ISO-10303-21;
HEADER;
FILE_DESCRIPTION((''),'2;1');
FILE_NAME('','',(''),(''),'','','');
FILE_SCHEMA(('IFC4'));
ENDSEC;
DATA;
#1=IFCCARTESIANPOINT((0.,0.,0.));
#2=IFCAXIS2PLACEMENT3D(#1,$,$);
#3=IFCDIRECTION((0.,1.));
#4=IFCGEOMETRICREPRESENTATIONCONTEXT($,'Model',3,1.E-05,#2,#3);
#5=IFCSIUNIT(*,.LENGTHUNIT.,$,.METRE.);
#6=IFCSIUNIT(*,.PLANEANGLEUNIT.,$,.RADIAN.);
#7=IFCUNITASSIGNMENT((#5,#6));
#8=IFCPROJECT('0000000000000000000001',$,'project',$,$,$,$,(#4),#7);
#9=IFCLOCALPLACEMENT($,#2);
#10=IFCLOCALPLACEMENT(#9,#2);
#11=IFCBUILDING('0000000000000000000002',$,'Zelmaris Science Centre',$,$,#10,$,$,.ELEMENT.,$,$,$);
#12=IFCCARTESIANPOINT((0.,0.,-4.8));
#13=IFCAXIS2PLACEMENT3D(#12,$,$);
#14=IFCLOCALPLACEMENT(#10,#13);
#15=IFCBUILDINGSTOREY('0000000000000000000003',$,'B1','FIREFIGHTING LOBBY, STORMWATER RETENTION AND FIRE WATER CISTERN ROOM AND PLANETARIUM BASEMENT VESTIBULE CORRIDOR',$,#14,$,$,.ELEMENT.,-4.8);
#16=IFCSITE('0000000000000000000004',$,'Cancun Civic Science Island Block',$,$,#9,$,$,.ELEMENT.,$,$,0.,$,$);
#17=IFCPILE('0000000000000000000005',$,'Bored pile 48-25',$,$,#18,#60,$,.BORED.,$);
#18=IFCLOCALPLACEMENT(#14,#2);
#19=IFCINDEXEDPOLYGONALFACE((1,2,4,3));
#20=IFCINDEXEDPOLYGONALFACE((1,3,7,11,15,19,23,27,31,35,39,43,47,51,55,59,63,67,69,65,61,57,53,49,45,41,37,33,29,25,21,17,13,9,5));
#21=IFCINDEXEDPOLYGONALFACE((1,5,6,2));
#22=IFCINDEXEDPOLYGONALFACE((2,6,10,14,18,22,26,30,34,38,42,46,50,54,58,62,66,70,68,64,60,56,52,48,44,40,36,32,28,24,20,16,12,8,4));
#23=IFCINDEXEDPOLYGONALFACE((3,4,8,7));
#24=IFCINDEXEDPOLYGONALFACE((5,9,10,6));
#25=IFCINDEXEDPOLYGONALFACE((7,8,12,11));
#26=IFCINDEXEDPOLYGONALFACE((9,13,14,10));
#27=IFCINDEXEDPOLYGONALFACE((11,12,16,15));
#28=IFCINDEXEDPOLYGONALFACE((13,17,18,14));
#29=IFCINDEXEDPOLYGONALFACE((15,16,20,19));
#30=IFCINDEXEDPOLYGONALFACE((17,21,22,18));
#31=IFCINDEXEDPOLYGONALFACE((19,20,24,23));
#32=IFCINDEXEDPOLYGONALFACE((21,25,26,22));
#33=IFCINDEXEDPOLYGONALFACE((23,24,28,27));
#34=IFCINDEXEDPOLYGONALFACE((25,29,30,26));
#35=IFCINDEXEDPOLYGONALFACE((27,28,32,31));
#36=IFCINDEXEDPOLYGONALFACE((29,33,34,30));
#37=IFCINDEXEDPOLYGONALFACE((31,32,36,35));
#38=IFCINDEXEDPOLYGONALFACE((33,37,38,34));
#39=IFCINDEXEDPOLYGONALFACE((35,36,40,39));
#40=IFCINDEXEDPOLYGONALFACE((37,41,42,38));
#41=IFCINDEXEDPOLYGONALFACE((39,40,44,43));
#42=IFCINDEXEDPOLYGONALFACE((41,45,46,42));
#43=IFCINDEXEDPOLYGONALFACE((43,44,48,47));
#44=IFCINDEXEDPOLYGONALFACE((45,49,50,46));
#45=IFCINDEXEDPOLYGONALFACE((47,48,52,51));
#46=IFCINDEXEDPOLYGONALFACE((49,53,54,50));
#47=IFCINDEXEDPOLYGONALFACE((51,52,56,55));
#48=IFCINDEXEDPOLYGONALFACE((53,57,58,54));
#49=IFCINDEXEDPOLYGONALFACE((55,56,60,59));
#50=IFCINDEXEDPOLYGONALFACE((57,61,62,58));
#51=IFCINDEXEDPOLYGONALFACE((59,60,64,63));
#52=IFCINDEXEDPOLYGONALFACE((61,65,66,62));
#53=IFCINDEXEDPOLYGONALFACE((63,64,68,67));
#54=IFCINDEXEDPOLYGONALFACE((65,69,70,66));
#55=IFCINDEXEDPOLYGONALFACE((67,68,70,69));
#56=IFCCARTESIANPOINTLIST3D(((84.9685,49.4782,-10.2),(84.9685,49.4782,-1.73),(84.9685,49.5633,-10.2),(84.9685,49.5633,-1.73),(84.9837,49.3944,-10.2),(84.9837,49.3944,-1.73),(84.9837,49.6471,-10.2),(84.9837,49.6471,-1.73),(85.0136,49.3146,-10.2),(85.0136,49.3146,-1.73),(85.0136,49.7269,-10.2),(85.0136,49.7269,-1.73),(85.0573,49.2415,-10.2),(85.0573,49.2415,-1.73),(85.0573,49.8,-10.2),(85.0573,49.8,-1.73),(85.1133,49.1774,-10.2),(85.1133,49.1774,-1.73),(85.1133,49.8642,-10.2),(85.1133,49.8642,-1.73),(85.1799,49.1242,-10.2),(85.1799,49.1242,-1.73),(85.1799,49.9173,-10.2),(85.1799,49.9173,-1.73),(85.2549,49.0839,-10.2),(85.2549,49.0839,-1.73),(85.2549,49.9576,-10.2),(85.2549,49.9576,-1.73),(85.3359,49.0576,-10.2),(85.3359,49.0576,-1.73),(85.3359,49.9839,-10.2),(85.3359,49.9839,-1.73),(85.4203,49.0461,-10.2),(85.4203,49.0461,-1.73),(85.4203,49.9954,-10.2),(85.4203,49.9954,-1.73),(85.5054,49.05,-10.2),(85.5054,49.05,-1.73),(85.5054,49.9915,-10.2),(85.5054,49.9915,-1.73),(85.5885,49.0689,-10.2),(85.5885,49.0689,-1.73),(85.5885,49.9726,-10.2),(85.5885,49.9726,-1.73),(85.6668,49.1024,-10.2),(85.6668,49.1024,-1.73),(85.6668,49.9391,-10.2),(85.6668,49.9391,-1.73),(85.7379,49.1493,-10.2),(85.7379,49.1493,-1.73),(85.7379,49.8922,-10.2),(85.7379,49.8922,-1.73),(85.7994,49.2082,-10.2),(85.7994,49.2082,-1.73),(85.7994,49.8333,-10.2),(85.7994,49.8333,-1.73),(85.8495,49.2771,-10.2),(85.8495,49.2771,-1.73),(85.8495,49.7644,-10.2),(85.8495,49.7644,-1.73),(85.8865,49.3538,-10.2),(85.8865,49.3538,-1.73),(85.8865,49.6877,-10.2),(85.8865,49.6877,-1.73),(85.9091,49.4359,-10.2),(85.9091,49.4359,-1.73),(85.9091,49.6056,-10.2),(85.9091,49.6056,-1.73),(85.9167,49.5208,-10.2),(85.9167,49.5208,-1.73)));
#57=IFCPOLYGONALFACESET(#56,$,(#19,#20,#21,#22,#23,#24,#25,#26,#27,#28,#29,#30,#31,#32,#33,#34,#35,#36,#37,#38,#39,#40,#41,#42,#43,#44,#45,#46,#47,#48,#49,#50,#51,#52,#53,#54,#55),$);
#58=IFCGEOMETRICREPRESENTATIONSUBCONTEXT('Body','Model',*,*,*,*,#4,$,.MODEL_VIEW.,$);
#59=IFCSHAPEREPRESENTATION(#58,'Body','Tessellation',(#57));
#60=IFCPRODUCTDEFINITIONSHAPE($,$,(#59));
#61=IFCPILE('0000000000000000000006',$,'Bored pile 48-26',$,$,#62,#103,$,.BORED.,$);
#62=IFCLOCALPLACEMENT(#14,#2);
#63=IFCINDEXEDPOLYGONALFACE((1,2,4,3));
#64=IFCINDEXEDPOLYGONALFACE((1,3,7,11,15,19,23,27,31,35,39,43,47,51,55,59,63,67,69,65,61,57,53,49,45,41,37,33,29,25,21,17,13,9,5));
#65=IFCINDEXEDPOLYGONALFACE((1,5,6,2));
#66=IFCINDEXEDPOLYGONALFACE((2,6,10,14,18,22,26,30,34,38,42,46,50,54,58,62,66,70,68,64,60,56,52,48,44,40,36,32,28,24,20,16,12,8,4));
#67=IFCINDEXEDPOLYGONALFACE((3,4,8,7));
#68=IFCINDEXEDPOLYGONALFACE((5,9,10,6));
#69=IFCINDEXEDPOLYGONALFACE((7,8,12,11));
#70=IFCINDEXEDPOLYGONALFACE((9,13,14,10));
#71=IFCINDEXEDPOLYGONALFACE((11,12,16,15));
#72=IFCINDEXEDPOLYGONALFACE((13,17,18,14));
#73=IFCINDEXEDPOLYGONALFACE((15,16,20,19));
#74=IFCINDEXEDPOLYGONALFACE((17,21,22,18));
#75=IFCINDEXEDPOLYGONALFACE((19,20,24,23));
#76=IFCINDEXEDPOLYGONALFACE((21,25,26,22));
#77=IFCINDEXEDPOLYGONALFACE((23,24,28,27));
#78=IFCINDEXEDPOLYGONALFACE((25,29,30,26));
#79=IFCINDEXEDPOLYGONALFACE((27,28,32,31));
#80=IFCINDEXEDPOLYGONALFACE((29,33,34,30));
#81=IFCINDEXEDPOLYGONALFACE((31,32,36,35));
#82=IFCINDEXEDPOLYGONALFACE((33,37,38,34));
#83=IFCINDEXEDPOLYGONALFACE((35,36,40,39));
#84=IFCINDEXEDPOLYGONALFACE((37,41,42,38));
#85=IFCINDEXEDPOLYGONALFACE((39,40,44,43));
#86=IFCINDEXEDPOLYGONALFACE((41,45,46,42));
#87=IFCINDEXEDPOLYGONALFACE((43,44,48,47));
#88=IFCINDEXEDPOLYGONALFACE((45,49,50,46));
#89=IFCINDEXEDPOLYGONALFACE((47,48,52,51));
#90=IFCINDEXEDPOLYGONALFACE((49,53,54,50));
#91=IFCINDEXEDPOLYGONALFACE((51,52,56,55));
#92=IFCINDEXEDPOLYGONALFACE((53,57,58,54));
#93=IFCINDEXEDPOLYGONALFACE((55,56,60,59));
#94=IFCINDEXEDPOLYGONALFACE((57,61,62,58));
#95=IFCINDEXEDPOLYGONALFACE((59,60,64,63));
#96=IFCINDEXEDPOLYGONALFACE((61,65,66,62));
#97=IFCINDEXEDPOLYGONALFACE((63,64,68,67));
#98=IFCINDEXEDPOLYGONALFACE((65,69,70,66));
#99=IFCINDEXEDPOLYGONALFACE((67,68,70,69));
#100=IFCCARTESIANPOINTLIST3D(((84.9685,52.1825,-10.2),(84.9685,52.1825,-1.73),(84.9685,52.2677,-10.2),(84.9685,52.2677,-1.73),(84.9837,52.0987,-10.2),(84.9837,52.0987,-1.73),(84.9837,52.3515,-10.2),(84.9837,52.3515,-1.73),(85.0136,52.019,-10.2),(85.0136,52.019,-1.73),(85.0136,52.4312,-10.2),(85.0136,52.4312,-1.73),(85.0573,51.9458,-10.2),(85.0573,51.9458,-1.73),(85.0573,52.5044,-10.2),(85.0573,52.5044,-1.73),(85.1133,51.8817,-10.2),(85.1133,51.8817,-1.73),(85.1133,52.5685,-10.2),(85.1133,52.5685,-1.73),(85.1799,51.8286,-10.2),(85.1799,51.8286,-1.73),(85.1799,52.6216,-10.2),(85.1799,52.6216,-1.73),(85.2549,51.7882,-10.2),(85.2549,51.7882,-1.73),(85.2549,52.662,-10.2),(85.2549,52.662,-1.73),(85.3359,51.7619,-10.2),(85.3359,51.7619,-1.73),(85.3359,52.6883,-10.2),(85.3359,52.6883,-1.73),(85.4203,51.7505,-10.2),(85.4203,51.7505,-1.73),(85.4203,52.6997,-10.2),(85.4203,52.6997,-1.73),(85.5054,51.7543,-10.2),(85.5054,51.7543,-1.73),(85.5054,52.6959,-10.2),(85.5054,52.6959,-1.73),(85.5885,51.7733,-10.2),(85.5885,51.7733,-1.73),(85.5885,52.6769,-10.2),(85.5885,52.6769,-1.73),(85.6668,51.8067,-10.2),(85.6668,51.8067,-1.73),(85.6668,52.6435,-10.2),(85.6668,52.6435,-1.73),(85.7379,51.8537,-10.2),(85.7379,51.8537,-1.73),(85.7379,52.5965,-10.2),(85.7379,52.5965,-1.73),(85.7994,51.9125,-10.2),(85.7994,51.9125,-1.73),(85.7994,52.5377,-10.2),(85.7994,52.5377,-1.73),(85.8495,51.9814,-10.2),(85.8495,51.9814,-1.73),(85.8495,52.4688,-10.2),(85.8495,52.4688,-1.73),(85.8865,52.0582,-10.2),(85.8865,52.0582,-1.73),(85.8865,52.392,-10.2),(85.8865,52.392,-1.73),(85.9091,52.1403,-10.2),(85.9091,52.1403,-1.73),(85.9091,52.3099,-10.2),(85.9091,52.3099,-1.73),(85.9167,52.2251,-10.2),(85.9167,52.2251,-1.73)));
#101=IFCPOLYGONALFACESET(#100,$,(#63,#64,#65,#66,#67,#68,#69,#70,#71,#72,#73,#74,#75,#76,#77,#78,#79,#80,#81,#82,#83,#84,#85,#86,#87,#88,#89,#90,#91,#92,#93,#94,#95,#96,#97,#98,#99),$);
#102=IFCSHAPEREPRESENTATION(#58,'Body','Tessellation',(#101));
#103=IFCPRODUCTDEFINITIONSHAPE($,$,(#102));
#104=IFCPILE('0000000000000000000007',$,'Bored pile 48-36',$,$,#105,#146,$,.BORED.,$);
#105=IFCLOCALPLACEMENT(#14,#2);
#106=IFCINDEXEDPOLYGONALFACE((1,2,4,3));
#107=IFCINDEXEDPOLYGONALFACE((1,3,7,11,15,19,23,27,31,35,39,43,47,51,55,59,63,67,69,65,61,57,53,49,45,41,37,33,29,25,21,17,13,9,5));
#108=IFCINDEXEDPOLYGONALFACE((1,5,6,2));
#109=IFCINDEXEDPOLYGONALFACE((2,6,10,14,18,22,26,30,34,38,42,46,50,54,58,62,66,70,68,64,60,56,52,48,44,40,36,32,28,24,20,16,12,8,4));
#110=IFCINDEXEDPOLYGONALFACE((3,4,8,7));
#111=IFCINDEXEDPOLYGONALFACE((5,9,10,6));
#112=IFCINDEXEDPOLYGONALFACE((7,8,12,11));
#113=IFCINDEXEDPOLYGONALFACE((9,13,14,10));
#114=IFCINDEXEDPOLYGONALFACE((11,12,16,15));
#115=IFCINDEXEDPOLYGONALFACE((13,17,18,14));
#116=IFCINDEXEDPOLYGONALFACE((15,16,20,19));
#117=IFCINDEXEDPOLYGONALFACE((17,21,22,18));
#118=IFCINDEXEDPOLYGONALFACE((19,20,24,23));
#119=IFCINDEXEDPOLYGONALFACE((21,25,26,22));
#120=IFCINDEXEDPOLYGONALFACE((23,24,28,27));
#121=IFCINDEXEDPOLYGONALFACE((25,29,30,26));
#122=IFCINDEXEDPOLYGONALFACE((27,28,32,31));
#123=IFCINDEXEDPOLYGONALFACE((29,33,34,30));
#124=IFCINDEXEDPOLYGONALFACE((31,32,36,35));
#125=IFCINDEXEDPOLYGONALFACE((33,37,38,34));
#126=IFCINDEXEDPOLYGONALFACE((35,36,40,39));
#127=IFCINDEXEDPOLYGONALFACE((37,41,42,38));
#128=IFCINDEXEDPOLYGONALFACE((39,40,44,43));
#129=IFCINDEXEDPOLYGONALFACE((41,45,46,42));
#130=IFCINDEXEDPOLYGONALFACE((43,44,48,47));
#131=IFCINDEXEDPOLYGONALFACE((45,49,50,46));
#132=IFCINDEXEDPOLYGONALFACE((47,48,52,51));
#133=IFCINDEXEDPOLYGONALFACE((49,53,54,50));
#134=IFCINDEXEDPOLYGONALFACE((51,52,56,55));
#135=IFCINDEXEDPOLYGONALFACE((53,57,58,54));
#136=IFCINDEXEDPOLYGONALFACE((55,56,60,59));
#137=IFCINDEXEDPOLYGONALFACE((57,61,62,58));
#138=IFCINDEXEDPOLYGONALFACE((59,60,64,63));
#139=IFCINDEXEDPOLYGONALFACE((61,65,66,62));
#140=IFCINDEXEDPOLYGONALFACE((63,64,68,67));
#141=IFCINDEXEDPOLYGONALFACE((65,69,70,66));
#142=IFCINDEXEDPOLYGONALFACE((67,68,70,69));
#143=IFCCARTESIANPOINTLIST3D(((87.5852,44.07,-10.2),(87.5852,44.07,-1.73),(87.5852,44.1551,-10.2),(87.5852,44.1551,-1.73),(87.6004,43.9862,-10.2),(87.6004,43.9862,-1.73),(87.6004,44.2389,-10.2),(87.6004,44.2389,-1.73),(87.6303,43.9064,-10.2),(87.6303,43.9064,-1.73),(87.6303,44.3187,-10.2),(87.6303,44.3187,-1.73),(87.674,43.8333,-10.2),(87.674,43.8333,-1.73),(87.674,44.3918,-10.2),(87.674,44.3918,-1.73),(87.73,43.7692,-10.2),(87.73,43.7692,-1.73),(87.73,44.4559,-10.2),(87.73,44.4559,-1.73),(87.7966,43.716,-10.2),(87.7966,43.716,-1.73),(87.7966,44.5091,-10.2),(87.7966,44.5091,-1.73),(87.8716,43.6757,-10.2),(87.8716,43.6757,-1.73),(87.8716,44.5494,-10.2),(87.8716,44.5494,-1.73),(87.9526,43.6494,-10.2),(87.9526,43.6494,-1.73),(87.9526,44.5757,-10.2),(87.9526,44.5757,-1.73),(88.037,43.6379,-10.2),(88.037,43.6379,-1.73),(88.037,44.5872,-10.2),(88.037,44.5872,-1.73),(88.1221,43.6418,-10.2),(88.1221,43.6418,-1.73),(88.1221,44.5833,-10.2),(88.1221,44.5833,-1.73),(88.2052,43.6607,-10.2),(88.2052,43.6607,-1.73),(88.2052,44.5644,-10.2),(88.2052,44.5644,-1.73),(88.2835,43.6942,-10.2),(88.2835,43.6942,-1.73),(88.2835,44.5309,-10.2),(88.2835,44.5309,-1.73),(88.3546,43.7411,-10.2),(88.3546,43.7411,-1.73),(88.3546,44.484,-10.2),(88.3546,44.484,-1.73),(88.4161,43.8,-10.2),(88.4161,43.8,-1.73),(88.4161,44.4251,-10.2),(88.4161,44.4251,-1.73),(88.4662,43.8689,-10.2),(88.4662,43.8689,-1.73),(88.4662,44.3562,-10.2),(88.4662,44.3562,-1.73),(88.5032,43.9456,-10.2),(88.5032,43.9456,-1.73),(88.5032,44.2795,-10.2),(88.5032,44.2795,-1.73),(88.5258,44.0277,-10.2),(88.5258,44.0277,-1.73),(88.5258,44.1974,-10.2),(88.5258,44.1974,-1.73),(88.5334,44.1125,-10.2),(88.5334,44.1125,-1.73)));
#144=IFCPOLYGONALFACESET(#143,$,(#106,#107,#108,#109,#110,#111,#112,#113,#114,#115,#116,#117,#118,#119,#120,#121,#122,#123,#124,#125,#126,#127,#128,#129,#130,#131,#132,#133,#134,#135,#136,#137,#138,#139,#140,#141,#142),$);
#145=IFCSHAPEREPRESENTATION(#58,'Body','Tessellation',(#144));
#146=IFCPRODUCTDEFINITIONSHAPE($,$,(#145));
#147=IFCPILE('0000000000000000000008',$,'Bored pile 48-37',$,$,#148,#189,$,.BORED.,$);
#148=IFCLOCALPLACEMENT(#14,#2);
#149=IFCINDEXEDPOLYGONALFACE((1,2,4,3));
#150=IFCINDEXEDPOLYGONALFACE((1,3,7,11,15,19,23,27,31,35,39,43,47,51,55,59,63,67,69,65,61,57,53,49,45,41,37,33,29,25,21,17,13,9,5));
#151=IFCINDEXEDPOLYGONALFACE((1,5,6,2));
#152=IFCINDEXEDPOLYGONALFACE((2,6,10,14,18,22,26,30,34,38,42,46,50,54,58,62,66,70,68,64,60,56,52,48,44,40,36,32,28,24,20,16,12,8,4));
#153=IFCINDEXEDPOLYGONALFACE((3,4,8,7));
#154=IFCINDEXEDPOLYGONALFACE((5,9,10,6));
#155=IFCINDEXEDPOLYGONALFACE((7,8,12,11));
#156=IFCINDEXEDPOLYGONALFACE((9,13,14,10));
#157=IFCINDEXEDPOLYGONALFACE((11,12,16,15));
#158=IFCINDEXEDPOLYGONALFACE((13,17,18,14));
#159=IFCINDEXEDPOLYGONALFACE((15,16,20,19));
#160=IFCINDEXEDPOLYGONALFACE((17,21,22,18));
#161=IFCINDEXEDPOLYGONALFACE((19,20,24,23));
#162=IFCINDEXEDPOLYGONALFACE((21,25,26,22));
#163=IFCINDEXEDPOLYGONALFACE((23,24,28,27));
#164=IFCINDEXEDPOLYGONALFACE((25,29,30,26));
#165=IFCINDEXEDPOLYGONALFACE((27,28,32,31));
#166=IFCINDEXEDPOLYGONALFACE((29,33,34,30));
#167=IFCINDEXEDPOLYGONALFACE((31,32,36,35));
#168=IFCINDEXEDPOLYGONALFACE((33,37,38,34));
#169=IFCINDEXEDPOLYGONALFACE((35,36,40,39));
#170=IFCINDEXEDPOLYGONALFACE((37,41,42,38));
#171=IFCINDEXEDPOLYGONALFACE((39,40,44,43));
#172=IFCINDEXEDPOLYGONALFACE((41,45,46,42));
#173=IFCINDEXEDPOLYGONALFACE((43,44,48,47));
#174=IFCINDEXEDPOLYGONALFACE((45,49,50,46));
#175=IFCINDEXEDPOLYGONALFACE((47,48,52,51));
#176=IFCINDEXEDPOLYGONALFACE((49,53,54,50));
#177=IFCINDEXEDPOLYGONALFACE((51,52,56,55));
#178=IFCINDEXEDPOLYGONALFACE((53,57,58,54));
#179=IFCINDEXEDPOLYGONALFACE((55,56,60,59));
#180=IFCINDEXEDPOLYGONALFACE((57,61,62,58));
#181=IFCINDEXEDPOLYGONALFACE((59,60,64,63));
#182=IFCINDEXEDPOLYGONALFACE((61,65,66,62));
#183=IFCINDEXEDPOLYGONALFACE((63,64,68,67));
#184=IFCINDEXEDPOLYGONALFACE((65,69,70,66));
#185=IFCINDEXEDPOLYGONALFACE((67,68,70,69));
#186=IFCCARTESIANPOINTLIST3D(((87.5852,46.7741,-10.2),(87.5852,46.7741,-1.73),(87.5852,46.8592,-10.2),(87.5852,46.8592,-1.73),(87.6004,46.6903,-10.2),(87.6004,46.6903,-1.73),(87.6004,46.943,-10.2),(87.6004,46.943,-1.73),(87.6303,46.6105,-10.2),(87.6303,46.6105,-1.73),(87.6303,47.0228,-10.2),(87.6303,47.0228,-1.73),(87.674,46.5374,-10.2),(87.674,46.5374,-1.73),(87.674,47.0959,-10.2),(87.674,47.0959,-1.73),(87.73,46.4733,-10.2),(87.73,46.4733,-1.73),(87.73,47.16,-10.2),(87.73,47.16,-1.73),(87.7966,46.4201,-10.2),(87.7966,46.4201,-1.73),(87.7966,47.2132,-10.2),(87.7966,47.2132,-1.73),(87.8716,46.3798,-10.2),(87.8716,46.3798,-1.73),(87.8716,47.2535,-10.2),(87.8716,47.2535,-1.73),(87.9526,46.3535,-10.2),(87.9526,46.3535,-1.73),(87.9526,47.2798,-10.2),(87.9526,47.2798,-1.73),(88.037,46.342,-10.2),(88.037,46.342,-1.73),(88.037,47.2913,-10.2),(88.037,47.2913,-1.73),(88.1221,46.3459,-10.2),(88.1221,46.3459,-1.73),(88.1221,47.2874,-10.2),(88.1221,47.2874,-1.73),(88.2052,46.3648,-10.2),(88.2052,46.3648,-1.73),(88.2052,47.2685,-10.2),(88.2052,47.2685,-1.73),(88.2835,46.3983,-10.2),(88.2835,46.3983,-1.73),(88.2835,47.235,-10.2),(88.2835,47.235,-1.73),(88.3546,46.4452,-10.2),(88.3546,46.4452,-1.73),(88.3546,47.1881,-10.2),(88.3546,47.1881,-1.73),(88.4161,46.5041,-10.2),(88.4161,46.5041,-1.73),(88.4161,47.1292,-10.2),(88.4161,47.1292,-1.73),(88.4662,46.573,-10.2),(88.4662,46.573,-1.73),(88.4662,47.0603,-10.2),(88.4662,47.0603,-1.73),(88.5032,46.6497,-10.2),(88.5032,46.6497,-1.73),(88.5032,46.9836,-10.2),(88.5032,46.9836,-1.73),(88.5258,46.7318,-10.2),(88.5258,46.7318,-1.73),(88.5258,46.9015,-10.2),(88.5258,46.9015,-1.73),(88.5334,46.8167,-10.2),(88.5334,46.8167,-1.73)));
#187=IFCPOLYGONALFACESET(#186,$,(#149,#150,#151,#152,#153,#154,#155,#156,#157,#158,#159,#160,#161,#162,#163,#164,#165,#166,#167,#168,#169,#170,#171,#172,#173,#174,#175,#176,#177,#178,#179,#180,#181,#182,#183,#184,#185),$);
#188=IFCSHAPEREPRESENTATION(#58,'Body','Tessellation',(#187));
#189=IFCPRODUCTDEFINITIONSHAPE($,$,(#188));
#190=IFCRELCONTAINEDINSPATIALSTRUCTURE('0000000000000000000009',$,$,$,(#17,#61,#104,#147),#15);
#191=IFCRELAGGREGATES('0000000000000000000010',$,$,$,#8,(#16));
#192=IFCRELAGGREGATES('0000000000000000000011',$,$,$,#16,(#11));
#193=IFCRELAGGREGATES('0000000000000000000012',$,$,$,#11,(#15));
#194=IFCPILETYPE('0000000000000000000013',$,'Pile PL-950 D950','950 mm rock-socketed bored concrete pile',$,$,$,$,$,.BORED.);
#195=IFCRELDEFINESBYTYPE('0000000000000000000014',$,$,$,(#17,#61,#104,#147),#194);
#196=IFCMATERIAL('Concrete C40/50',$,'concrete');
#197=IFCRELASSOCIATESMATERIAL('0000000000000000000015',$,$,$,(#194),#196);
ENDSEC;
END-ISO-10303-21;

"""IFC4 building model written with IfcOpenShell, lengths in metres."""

from ifc_helpers import new_model, si_unit, direction, frame, origin, origin_2d, place, context, subcontext, project, spatial, circle, extrude, material, material_profile, profile_set, type_object, element, save


model = new_model("IFC4")

# Units and contexts
model_context = context("Model", 3, precision=1e-05, world=origin(), true_north=direction((0.0, 1.0)))
body_context = subcontext(model_context, "Body", "Model", "MODEL_VIEW")
ifc_project = project(units=[si_unit("LENGTHUNIT", "METRE"), si_unit("PLANEANGLEUNIT", "RADIAN")], contexts=[model_context])

# Site, building, storey
site_placement = place(None, origin())
site = spatial("IfcSite", under=ifc_project, at=site_placement, Name="Cancun Civic Science Island Block", CompositionType="ELEMENT", RefElevation=0.0)
building_placement = place(site_placement, origin())
building = spatial("IfcBuilding", under=site, at=building_placement, Name="Zelmaris Science Centre", CompositionType="ELEMENT")
storey_placement = place(building_placement, frame((0.0, 0.0, -4.8)))
storey = spatial("IfcBuildingStorey", under=building, at=storey_placement, Name="B1", Description="FIREFIGHTING LOBBY, STORMWATER RETENTION AND FIRE WATER CISTERN ROOM AND PLANETARIUM BASEMENT VESTIBULE CORRIDOR", CompositionType="ELEMENT", Elevation=-4.8)

# Shared definitions
ifc_material_1 = material(Name="Concrete C40/50", Category="concrete")

# Piles
ifc_material_profile_1 = material_profile(ifc_material_1, circle(Radius=0.4751, at=origin_2d()), Name="PILE-950")
ifc_profile_set_1 = profile_set([ifc_material_profile_1], Name="Concrete C40/50")
pile_type_1 = type_object("IfcPileType", Name="Pile PL-950 D950", Description="950 mm rock-socketed bored concrete pile", PredefinedType="BORED", material=ifc_profile_set_1)
for number, where, z_axis, x_axis, name in (
    (1, (85.4417, 49.5208, -1.73), (0.0, 0.0, -1.0), (1.0, 0.0, 0.0), "Bored pile 48-25"),
    (2, (85.4417, 52.2251, -1.73), (0.0, 0.0, -1.0), (1.0, 0.0, 0.0), "Bored pile 48-26"),
    (3, (88.0583, 44.1125, -1.73), (0.0, 0.0, -1.0), (1.0, 0.0, 0.0), "Bored pile 48-36"),
    (4, (88.0583, 46.8167, -1.73), (0.0, 0.0, -1.0), (1.0, 0.0, 0.0), "Bored pile 48-37"),
):
    element("IfcPile", number, at=place(storey_placement, frame(where, z_axis=z_axis, x_axis=x_axis)), inside=storey, type_object=pile_type_1, Name=name, PredefinedType="BORED", context=body_context, shape_type="SweptSolid", body=[
        extrude(circle(Radius=0.4751, at=origin_2d()), origin(), (0.0, 0.0, 1.0), 8.47),
    ])

save(model, "model.ifc")
